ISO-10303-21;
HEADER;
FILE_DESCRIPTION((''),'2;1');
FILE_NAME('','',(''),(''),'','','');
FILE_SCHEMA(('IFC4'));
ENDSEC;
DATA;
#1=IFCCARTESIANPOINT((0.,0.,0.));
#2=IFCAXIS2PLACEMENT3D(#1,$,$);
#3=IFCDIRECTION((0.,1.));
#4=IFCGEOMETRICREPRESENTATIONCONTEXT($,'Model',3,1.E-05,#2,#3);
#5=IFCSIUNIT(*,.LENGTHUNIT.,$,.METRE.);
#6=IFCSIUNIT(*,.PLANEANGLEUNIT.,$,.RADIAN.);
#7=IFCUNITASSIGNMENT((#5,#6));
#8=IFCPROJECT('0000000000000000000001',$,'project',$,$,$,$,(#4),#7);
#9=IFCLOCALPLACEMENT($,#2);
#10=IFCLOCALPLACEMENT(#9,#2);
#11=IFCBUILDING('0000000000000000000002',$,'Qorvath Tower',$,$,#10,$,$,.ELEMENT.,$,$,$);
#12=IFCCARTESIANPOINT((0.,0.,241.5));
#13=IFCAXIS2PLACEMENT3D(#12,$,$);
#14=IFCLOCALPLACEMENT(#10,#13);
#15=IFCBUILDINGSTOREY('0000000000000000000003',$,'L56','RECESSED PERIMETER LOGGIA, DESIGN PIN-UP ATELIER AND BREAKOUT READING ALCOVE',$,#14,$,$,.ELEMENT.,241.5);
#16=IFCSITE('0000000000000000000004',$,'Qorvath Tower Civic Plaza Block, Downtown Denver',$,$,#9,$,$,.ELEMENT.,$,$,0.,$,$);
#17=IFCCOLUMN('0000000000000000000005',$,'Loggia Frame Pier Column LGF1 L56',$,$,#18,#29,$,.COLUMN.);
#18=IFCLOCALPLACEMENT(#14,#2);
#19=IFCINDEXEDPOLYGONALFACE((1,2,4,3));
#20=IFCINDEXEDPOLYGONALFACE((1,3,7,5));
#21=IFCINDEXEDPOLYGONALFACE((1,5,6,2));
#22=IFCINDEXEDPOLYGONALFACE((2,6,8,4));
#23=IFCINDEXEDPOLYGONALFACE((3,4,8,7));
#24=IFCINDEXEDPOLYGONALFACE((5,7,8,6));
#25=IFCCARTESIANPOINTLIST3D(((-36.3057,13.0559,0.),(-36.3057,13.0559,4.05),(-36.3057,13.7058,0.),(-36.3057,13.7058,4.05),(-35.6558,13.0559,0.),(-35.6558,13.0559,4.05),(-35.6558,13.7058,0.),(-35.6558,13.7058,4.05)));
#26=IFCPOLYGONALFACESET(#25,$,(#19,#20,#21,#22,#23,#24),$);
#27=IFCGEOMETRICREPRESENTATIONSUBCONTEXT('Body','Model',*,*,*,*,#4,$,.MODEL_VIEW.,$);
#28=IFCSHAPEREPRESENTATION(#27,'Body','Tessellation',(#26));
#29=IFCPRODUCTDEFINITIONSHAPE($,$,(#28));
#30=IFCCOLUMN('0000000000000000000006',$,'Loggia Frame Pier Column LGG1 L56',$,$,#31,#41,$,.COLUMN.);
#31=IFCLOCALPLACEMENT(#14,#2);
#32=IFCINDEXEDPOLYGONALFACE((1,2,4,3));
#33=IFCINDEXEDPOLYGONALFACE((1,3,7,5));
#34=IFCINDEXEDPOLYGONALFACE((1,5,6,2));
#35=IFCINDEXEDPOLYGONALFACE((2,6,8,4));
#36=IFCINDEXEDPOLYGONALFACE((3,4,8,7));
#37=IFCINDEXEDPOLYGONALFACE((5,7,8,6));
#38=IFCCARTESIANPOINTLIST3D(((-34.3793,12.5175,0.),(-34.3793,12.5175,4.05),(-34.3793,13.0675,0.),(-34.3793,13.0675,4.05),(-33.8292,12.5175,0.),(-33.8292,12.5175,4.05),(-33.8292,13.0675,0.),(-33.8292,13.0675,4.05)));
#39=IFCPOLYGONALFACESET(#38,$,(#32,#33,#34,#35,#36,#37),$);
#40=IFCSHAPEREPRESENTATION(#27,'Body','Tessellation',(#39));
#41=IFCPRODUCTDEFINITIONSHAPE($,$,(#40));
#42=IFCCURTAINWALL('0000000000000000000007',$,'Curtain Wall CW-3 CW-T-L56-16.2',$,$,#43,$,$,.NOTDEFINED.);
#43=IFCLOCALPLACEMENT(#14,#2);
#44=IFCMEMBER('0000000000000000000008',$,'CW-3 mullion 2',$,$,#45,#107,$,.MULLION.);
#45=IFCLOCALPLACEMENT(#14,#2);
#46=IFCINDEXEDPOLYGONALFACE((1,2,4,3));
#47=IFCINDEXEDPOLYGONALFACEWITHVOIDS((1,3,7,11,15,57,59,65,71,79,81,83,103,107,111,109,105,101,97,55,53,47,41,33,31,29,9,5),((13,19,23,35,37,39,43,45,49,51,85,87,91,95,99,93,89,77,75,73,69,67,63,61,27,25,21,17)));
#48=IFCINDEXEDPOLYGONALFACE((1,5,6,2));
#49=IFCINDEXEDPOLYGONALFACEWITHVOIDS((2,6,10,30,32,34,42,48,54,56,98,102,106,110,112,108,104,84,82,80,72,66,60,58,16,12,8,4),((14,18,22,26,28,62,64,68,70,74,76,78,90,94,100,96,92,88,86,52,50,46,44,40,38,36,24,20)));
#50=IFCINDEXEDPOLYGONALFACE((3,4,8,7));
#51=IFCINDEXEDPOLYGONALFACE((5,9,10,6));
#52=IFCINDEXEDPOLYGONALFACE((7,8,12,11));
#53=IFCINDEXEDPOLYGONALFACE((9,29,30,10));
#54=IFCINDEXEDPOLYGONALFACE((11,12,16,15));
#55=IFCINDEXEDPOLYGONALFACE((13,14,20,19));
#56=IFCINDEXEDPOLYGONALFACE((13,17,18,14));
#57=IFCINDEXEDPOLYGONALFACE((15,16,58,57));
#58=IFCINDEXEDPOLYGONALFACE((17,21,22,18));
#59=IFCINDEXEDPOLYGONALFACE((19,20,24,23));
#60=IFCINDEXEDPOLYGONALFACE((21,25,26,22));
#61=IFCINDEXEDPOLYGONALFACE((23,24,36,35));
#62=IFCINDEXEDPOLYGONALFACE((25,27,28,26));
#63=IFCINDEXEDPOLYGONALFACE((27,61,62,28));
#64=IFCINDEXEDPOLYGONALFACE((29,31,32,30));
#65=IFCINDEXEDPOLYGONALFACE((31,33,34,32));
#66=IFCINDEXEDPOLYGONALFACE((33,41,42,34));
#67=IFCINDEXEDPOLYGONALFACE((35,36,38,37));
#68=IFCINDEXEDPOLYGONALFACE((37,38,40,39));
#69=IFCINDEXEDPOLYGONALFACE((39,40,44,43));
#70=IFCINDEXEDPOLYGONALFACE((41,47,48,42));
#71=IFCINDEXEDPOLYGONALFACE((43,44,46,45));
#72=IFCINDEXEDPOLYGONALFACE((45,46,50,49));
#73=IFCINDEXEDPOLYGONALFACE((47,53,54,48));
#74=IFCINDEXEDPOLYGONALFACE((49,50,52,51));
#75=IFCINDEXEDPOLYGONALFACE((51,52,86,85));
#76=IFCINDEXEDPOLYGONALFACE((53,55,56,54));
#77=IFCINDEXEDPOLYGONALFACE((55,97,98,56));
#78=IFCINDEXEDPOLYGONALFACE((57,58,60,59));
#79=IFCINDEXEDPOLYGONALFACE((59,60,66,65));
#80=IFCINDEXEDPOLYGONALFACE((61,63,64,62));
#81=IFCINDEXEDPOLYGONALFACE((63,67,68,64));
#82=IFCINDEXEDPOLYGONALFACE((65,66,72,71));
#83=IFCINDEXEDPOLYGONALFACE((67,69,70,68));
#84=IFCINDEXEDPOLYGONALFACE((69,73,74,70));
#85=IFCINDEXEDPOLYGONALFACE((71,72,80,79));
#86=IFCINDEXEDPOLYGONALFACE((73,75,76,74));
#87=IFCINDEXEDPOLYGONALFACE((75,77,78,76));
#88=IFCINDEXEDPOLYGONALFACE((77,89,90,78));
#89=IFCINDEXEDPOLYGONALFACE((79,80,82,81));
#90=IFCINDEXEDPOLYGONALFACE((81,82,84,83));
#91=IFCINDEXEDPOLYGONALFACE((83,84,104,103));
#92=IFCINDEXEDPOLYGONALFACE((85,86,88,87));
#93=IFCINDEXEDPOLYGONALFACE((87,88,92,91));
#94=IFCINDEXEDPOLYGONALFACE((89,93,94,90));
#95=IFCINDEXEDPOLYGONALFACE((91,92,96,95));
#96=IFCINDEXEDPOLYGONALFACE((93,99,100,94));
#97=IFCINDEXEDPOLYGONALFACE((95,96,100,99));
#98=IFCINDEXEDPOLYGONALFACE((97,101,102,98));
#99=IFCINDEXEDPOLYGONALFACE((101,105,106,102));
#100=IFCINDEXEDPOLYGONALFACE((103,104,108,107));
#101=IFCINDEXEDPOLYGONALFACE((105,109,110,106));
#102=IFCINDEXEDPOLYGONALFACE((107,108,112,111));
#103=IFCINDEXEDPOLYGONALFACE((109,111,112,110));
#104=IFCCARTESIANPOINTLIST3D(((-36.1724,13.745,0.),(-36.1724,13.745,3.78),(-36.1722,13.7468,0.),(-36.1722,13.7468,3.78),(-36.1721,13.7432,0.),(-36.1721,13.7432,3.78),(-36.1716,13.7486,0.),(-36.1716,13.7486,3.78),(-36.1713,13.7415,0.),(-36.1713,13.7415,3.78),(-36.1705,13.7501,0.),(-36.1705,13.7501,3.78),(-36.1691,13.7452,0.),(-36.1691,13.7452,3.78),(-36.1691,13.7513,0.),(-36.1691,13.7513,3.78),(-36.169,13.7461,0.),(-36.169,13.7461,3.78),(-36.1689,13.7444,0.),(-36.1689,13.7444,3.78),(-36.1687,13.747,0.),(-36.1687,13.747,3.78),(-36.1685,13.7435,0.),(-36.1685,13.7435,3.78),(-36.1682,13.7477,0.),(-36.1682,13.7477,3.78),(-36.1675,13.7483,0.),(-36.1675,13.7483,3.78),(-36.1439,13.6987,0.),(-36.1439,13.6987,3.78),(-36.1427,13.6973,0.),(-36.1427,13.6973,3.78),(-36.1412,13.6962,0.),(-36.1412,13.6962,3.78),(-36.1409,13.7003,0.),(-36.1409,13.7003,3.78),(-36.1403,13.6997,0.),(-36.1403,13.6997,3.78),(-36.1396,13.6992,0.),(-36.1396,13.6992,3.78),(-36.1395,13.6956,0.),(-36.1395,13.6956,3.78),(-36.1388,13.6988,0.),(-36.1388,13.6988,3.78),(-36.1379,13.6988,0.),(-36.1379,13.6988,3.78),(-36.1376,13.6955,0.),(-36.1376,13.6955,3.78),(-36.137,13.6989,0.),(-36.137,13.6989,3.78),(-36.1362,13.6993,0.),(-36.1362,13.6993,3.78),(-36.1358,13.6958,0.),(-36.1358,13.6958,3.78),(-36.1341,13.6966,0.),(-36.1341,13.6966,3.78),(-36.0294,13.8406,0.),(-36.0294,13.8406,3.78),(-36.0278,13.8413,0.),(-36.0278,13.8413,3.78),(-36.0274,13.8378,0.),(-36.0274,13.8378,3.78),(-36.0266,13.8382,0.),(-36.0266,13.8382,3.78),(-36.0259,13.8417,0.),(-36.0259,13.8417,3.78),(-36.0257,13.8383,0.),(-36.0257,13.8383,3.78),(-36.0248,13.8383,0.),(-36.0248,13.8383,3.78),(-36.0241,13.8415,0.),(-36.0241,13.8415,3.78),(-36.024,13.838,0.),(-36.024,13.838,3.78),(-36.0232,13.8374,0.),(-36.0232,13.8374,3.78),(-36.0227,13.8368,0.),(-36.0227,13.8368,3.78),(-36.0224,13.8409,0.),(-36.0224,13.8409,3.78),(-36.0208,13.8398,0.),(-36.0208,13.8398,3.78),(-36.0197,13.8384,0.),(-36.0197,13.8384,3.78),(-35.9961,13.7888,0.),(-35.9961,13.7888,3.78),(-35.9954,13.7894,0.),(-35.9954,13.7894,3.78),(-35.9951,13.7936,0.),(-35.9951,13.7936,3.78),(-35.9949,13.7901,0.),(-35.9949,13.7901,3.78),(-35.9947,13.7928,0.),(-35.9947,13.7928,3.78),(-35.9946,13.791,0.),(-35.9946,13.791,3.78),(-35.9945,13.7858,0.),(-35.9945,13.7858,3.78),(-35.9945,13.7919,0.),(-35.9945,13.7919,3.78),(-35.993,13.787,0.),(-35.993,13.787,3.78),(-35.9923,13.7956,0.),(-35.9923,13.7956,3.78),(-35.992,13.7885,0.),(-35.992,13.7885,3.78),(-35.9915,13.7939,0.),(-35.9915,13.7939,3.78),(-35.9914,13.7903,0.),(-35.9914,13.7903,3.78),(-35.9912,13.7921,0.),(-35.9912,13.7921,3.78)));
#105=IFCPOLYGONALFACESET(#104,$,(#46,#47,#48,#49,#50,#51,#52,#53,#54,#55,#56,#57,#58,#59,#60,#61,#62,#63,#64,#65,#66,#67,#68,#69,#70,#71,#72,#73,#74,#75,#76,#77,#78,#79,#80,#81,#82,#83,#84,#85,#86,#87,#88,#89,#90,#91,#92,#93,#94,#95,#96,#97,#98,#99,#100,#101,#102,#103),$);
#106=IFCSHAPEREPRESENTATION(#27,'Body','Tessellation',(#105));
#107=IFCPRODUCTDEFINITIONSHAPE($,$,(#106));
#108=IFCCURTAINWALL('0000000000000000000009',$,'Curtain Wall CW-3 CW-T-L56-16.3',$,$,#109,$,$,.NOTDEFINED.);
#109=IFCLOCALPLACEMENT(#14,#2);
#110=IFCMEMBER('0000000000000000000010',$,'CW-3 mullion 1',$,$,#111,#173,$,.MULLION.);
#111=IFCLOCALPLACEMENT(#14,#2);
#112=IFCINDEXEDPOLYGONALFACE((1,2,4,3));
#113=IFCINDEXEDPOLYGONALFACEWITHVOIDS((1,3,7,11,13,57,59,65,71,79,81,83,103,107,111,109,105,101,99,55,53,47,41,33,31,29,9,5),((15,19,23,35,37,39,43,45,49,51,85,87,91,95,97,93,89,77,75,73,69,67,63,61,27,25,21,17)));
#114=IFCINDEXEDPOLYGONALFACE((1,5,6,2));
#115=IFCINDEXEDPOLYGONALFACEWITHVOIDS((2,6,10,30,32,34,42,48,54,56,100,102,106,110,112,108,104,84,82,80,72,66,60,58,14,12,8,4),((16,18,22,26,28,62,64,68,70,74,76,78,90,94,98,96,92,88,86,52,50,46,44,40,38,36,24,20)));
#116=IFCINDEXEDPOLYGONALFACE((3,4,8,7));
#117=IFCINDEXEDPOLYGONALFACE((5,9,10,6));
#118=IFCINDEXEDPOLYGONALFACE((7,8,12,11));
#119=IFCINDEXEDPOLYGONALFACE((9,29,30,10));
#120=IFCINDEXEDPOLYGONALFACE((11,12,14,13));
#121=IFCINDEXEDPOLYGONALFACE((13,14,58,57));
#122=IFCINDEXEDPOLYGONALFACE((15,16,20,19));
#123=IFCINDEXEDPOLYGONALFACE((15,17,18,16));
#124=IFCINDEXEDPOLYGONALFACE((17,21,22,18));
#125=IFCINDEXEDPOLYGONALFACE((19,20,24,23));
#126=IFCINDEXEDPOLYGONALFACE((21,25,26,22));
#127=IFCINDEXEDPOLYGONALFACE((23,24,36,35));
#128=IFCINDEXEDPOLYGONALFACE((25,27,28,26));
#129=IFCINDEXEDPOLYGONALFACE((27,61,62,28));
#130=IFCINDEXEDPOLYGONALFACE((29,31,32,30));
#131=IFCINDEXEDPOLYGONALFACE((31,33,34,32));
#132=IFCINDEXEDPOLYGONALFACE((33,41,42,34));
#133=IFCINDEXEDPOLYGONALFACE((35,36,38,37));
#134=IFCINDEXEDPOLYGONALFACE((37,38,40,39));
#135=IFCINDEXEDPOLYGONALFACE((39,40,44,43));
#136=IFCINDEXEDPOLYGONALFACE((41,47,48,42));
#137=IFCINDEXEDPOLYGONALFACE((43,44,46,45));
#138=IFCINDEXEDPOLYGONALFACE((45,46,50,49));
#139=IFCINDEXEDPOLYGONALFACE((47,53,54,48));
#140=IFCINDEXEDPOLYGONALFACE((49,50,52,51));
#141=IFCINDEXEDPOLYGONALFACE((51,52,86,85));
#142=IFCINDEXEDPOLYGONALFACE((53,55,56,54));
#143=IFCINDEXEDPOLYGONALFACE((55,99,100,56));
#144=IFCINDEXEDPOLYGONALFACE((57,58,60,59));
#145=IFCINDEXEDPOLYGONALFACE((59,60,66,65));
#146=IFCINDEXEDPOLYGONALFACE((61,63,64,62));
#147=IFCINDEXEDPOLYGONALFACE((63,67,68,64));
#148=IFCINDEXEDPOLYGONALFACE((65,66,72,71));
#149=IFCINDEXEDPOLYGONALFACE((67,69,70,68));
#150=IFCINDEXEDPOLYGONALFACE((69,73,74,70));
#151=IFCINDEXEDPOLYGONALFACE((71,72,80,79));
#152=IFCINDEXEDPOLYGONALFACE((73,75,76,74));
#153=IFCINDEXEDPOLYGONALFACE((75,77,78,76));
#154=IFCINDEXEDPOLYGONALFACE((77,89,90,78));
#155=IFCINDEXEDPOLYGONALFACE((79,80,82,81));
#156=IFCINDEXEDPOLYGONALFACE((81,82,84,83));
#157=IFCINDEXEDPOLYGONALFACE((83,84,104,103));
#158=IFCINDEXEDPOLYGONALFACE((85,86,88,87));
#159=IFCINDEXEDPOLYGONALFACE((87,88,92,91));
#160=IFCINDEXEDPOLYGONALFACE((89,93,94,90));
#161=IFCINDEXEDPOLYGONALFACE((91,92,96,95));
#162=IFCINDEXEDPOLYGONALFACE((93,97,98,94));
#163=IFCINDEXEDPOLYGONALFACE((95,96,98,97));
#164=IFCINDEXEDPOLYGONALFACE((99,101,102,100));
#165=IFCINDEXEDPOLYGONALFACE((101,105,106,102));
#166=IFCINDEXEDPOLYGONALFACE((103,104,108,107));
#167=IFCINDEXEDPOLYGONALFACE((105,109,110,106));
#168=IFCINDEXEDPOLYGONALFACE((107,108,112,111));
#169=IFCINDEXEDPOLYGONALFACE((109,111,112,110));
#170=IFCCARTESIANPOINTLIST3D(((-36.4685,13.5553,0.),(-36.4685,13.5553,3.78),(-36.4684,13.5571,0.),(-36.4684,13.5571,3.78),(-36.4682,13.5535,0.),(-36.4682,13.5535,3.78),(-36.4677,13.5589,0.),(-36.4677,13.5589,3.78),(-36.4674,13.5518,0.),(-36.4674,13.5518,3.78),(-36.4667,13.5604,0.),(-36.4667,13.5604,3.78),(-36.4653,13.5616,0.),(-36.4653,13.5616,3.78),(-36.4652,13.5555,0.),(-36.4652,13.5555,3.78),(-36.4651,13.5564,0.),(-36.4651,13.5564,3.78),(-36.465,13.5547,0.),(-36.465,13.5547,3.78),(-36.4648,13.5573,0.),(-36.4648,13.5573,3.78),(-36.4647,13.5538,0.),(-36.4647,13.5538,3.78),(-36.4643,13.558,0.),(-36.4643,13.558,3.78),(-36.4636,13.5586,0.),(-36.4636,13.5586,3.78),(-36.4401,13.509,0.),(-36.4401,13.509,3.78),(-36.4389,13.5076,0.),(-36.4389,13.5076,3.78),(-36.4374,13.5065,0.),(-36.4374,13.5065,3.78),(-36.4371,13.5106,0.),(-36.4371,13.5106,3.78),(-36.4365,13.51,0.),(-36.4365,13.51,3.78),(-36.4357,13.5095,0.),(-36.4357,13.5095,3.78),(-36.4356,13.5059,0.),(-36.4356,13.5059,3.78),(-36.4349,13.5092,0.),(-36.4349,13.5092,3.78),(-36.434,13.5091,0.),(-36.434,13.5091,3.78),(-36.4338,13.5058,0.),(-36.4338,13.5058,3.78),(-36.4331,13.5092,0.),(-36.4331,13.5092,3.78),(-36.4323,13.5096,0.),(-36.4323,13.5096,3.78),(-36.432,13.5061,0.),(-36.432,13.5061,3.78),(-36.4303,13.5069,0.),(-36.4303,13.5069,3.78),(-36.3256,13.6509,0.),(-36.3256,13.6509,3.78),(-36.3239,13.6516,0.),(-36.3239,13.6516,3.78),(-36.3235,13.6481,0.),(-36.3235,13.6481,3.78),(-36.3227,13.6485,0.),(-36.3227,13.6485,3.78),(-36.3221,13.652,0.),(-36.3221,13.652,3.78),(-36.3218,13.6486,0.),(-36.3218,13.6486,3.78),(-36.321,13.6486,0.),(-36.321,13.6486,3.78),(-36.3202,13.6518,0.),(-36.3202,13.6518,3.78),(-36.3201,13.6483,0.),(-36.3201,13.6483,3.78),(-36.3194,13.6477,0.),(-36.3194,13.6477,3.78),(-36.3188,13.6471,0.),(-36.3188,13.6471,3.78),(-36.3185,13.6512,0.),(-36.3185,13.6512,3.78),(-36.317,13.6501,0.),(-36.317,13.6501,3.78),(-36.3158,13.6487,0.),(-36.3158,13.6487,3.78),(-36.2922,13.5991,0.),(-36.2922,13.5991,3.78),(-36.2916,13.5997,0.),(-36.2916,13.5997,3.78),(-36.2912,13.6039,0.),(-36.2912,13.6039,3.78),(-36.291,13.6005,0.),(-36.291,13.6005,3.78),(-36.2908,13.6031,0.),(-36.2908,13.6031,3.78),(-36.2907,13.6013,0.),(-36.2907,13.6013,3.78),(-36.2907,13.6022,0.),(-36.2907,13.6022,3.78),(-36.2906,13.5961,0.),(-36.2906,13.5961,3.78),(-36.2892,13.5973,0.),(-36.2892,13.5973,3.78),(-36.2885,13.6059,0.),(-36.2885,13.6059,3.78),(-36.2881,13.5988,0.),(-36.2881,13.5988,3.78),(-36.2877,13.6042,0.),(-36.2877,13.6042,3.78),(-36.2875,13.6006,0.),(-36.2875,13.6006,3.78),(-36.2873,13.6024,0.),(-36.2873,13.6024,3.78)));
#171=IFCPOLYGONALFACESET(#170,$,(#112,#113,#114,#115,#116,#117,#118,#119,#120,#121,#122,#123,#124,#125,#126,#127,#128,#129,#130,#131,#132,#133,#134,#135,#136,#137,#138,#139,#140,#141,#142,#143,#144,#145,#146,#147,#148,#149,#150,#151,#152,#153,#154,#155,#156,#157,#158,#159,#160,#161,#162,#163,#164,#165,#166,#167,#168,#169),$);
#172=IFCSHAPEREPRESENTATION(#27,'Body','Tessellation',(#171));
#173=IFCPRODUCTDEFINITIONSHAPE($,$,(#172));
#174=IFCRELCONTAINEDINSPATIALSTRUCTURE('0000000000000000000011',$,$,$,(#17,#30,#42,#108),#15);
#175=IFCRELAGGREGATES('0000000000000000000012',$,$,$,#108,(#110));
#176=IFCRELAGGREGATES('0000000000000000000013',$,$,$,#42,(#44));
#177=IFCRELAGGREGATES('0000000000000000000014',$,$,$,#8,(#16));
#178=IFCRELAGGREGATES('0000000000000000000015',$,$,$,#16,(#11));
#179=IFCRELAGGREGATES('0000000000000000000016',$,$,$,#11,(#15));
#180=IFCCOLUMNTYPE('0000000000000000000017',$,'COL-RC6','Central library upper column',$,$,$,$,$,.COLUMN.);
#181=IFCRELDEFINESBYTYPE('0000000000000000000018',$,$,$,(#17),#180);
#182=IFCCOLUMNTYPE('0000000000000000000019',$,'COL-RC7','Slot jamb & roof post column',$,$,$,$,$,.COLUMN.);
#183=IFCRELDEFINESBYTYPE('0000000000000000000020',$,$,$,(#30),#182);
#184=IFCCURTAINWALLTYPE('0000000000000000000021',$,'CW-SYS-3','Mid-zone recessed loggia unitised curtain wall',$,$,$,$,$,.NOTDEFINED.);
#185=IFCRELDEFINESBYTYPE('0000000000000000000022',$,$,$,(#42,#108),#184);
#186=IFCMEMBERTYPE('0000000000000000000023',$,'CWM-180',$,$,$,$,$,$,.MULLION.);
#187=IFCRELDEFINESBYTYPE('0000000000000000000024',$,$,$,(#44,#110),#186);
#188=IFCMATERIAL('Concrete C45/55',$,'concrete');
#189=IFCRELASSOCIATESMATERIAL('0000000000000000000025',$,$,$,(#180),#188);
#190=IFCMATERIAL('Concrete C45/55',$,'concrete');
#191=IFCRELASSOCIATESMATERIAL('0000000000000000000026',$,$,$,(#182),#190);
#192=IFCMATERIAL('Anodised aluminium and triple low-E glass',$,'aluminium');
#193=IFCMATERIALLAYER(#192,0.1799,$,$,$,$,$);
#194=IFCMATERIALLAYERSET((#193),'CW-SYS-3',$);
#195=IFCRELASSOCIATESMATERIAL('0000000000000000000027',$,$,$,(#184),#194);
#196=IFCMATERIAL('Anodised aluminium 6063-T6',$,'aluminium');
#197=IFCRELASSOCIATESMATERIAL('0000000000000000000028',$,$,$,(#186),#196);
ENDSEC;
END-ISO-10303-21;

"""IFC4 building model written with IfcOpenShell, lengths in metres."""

from ifc_helpers import new_model, si_unit, direction, frame, origin, origin_2d, place, context, subcontext, project, spatial, rectangle, hollow_rectangle, extrude, material, layer, layer_set, material_profile, profile_set, type_object, element, aggregate, save


model = new_model("IFC4")

# Units and contexts
model_context = context("Model", 3, precision=1e-05, world=origin(), true_north=direction((0.0, 1.0)))
body_context = subcontext(model_context, "Body", "Model", "MODEL_VIEW")
ifc_project = project(units=[si_unit("LENGTHUNIT", "METRE"), si_unit("PLANEANGLEUNIT", "RADIAN")], contexts=[model_context])

# Site, building, storey
site_placement = place(None, origin())
site = spatial("IfcSite", under=ifc_project, at=site_placement, Name="Qorvath Tower Civic Plaza Block, Downtown Denver", CompositionType="ELEMENT", RefElevation=0.0)
building_placement = place(site_placement, origin())
building = spatial("IfcBuilding", under=site, at=building_placement, Name="Qorvath Tower", CompositionType="ELEMENT")
storey_placement = place(building_placement, frame((0.0, 0.0, 241.5)))
storey = spatial("IfcBuildingStorey", under=building, at=storey_placement, Name="L56", Description="RECESSED PERIMETER LOGGIA, DESIGN PIN-UP ATELIER AND BREAKOUT READING ALCOVE", CompositionType="ELEMENT", Elevation=241.5)

# Columns
ifc_material_1 = material(Name="Concrete C45/55", Category="concrete")
ifc_material_profile_1 = material_profile(ifc_material_1, rectangle(XDim=0.6499, YDim=0.6499, at=origin_2d()), Name="RC 650x650")
ifc_profile_set_1 = profile_set([ifc_material_profile_1], Name="Concrete C45/55")
column_type_1 = type_object("IfcColumnType", Name="COL-RC6", Description="Central library upper column", PredefinedType="COLUMN", material=ifc_profile_set_1)
column_1_placement = place(storey_placement, frame((-35.9807, 13.3809, 0.0), z_axis=(0.0, 0.0, 1.0), x_axis=(1.0, 0.0, 0.0)))
element("IfcColumn", 1, at=column_1_placement, inside=storey, type_object=column_type_1, Name="Loggia Frame Pier Column LGF1 L56", PredefinedType="COLUMN", context=body_context, shape_type="SweptSolid", body=[
    extrude(rectangle(XDim=0.6499, YDim=0.6499, at=origin_2d()), origin(), (0.0, 0.0, 1.0), 4.05),
])
ifc_material_2 = material(Name="Concrete C45/55", Category="concrete")
ifc_material_profile_2 = material_profile(ifc_material_2, rectangle(XDim=0.55, YDim=0.55, at=origin_2d()), Name="RC 550x550")
ifc_profile_set_2 = profile_set([ifc_material_profile_2], Name="Concrete C45/55")
column_type_2 = type_object("IfcColumnType", Name="COL-RC7", Description="Slot jamb & roof post column", PredefinedType="COLUMN", material=ifc_profile_set_2)
column_2_placement = place(storey_placement, frame((-34.1042, 12.7925, 0.0), z_axis=(0.0, 0.0, 1.0), x_axis=(1.0, 0.0, 0.0)))
element("IfcColumn", 2, at=column_2_placement, inside=storey, type_object=column_type_2, Name="Loggia Frame Pier Column LGG1 L56", PredefinedType="COLUMN", context=body_context, shape_type="SweptSolid", body=[
    extrude(rectangle(XDim=0.55, YDim=0.55, at=origin_2d()), origin(), (0.0, 0.0, 1.0), 4.05),
])

# Curtain wall, member
ifc_material_3 = material(Name="Anodised aluminium and triple low-E glass", Category="aluminium")
ifc_layer_1 = layer(ifc_material_3, 0.1799)
ifc_layer_set_1 = layer_set([ifc_layer_1], Name="CW-SYS-3")
curtain_wall_type = type_object("IfcCurtainWallType", Name="CW-SYS-3", Description="Mid-zone recessed loggia unitised curtain wall", PredefinedType="NOTDEFINED", material=ifc_layer_set_1)
curtain_wall_1_placement = place(storey_placement, origin())
curtain_wall_1 = element("IfcCurtainWall", 3, at=curtain_wall_1_placement, inside=storey, type_object=curtain_wall_type, Name="Curtain Wall CW-3 CW-T-L56-16.2", PredefinedType="NOTDEFINED")
ifc_material_4 = material(Name="Anodised aluminium 6063-T6", Category="aluminium")
ifc_material_profile_3 = material_profile(ifc_material_4, hollow_rectangle(XDim=0.0649, YDim=0.1799, WallThickness=0.0034, InnerFilletRadius=0.0034, OuterFilletRadius=0.0071, at=origin_2d()), Name="CWM 180x65")
ifc_profile_set_3 = profile_set([ifc_material_profile_3], Name="Anodised aluminium 6063-T6")
member_type_1 = type_object("IfcMemberType", Name="CWM-180", PredefinedType="MULLION", material=ifc_profile_set_3)
member_1_placement = place(storey_placement, frame((-36.0818, 13.7686, 0.0), z_axis=(0.0, 0.0, 1.0), x_axis=(0.53852, -0.842613, 0.0)))
member_1 = element("IfcMember", 4, at=member_1_placement, type_object=member_type_1, Name="CW-3 mullion 2", PredefinedType="MULLION", context=body_context, shape_type="SweptSolid", body=[
    extrude(hollow_rectangle(XDim=0.0649, YDim=0.1799, WallThickness=0.0034, InnerFilletRadius=0.0034, OuterFilletRadius=0.0071, at=origin_2d()), origin(), (0.0, 0.0, 1.0), 3.78),
])

# Curtain wall, member
curtain_wall_2_placement = place(storey_placement, origin())
curtain_wall_2 = element("IfcCurtainWall", 5, at=curtain_wall_2_placement, inside=storey, type_object=curtain_wall_type, Name="Curtain Wall CW-3 CW-T-L56-16.3", PredefinedType="NOTDEFINED")
member_2_placement = place(storey_placement, frame((-36.3779, 13.5789, 0.0), z_axis=(0.0, 0.0, 1.0), x_axis=(0.538527, -0.842608, 0.0)))
member_2 = element("IfcMember", 6, at=member_2_placement, type_object=member_type_1, Name="CW-3 mullion 1", PredefinedType="MULLION", context=body_context, shape_type="SweptSolid", body=[
    extrude(hollow_rectangle(XDim=0.0649, YDim=0.1799, WallThickness=0.0034, InnerFilletRadius=0.0034, OuterFilletRadius=0.0071, at=origin_2d()), origin(), (0.0, 0.0, 1.0), 3.78),
])
aggregate(curtain_wall_2, [member_2])

aggregate(curtain_wall_1, [member_1])

save(model, "model.ifc")
